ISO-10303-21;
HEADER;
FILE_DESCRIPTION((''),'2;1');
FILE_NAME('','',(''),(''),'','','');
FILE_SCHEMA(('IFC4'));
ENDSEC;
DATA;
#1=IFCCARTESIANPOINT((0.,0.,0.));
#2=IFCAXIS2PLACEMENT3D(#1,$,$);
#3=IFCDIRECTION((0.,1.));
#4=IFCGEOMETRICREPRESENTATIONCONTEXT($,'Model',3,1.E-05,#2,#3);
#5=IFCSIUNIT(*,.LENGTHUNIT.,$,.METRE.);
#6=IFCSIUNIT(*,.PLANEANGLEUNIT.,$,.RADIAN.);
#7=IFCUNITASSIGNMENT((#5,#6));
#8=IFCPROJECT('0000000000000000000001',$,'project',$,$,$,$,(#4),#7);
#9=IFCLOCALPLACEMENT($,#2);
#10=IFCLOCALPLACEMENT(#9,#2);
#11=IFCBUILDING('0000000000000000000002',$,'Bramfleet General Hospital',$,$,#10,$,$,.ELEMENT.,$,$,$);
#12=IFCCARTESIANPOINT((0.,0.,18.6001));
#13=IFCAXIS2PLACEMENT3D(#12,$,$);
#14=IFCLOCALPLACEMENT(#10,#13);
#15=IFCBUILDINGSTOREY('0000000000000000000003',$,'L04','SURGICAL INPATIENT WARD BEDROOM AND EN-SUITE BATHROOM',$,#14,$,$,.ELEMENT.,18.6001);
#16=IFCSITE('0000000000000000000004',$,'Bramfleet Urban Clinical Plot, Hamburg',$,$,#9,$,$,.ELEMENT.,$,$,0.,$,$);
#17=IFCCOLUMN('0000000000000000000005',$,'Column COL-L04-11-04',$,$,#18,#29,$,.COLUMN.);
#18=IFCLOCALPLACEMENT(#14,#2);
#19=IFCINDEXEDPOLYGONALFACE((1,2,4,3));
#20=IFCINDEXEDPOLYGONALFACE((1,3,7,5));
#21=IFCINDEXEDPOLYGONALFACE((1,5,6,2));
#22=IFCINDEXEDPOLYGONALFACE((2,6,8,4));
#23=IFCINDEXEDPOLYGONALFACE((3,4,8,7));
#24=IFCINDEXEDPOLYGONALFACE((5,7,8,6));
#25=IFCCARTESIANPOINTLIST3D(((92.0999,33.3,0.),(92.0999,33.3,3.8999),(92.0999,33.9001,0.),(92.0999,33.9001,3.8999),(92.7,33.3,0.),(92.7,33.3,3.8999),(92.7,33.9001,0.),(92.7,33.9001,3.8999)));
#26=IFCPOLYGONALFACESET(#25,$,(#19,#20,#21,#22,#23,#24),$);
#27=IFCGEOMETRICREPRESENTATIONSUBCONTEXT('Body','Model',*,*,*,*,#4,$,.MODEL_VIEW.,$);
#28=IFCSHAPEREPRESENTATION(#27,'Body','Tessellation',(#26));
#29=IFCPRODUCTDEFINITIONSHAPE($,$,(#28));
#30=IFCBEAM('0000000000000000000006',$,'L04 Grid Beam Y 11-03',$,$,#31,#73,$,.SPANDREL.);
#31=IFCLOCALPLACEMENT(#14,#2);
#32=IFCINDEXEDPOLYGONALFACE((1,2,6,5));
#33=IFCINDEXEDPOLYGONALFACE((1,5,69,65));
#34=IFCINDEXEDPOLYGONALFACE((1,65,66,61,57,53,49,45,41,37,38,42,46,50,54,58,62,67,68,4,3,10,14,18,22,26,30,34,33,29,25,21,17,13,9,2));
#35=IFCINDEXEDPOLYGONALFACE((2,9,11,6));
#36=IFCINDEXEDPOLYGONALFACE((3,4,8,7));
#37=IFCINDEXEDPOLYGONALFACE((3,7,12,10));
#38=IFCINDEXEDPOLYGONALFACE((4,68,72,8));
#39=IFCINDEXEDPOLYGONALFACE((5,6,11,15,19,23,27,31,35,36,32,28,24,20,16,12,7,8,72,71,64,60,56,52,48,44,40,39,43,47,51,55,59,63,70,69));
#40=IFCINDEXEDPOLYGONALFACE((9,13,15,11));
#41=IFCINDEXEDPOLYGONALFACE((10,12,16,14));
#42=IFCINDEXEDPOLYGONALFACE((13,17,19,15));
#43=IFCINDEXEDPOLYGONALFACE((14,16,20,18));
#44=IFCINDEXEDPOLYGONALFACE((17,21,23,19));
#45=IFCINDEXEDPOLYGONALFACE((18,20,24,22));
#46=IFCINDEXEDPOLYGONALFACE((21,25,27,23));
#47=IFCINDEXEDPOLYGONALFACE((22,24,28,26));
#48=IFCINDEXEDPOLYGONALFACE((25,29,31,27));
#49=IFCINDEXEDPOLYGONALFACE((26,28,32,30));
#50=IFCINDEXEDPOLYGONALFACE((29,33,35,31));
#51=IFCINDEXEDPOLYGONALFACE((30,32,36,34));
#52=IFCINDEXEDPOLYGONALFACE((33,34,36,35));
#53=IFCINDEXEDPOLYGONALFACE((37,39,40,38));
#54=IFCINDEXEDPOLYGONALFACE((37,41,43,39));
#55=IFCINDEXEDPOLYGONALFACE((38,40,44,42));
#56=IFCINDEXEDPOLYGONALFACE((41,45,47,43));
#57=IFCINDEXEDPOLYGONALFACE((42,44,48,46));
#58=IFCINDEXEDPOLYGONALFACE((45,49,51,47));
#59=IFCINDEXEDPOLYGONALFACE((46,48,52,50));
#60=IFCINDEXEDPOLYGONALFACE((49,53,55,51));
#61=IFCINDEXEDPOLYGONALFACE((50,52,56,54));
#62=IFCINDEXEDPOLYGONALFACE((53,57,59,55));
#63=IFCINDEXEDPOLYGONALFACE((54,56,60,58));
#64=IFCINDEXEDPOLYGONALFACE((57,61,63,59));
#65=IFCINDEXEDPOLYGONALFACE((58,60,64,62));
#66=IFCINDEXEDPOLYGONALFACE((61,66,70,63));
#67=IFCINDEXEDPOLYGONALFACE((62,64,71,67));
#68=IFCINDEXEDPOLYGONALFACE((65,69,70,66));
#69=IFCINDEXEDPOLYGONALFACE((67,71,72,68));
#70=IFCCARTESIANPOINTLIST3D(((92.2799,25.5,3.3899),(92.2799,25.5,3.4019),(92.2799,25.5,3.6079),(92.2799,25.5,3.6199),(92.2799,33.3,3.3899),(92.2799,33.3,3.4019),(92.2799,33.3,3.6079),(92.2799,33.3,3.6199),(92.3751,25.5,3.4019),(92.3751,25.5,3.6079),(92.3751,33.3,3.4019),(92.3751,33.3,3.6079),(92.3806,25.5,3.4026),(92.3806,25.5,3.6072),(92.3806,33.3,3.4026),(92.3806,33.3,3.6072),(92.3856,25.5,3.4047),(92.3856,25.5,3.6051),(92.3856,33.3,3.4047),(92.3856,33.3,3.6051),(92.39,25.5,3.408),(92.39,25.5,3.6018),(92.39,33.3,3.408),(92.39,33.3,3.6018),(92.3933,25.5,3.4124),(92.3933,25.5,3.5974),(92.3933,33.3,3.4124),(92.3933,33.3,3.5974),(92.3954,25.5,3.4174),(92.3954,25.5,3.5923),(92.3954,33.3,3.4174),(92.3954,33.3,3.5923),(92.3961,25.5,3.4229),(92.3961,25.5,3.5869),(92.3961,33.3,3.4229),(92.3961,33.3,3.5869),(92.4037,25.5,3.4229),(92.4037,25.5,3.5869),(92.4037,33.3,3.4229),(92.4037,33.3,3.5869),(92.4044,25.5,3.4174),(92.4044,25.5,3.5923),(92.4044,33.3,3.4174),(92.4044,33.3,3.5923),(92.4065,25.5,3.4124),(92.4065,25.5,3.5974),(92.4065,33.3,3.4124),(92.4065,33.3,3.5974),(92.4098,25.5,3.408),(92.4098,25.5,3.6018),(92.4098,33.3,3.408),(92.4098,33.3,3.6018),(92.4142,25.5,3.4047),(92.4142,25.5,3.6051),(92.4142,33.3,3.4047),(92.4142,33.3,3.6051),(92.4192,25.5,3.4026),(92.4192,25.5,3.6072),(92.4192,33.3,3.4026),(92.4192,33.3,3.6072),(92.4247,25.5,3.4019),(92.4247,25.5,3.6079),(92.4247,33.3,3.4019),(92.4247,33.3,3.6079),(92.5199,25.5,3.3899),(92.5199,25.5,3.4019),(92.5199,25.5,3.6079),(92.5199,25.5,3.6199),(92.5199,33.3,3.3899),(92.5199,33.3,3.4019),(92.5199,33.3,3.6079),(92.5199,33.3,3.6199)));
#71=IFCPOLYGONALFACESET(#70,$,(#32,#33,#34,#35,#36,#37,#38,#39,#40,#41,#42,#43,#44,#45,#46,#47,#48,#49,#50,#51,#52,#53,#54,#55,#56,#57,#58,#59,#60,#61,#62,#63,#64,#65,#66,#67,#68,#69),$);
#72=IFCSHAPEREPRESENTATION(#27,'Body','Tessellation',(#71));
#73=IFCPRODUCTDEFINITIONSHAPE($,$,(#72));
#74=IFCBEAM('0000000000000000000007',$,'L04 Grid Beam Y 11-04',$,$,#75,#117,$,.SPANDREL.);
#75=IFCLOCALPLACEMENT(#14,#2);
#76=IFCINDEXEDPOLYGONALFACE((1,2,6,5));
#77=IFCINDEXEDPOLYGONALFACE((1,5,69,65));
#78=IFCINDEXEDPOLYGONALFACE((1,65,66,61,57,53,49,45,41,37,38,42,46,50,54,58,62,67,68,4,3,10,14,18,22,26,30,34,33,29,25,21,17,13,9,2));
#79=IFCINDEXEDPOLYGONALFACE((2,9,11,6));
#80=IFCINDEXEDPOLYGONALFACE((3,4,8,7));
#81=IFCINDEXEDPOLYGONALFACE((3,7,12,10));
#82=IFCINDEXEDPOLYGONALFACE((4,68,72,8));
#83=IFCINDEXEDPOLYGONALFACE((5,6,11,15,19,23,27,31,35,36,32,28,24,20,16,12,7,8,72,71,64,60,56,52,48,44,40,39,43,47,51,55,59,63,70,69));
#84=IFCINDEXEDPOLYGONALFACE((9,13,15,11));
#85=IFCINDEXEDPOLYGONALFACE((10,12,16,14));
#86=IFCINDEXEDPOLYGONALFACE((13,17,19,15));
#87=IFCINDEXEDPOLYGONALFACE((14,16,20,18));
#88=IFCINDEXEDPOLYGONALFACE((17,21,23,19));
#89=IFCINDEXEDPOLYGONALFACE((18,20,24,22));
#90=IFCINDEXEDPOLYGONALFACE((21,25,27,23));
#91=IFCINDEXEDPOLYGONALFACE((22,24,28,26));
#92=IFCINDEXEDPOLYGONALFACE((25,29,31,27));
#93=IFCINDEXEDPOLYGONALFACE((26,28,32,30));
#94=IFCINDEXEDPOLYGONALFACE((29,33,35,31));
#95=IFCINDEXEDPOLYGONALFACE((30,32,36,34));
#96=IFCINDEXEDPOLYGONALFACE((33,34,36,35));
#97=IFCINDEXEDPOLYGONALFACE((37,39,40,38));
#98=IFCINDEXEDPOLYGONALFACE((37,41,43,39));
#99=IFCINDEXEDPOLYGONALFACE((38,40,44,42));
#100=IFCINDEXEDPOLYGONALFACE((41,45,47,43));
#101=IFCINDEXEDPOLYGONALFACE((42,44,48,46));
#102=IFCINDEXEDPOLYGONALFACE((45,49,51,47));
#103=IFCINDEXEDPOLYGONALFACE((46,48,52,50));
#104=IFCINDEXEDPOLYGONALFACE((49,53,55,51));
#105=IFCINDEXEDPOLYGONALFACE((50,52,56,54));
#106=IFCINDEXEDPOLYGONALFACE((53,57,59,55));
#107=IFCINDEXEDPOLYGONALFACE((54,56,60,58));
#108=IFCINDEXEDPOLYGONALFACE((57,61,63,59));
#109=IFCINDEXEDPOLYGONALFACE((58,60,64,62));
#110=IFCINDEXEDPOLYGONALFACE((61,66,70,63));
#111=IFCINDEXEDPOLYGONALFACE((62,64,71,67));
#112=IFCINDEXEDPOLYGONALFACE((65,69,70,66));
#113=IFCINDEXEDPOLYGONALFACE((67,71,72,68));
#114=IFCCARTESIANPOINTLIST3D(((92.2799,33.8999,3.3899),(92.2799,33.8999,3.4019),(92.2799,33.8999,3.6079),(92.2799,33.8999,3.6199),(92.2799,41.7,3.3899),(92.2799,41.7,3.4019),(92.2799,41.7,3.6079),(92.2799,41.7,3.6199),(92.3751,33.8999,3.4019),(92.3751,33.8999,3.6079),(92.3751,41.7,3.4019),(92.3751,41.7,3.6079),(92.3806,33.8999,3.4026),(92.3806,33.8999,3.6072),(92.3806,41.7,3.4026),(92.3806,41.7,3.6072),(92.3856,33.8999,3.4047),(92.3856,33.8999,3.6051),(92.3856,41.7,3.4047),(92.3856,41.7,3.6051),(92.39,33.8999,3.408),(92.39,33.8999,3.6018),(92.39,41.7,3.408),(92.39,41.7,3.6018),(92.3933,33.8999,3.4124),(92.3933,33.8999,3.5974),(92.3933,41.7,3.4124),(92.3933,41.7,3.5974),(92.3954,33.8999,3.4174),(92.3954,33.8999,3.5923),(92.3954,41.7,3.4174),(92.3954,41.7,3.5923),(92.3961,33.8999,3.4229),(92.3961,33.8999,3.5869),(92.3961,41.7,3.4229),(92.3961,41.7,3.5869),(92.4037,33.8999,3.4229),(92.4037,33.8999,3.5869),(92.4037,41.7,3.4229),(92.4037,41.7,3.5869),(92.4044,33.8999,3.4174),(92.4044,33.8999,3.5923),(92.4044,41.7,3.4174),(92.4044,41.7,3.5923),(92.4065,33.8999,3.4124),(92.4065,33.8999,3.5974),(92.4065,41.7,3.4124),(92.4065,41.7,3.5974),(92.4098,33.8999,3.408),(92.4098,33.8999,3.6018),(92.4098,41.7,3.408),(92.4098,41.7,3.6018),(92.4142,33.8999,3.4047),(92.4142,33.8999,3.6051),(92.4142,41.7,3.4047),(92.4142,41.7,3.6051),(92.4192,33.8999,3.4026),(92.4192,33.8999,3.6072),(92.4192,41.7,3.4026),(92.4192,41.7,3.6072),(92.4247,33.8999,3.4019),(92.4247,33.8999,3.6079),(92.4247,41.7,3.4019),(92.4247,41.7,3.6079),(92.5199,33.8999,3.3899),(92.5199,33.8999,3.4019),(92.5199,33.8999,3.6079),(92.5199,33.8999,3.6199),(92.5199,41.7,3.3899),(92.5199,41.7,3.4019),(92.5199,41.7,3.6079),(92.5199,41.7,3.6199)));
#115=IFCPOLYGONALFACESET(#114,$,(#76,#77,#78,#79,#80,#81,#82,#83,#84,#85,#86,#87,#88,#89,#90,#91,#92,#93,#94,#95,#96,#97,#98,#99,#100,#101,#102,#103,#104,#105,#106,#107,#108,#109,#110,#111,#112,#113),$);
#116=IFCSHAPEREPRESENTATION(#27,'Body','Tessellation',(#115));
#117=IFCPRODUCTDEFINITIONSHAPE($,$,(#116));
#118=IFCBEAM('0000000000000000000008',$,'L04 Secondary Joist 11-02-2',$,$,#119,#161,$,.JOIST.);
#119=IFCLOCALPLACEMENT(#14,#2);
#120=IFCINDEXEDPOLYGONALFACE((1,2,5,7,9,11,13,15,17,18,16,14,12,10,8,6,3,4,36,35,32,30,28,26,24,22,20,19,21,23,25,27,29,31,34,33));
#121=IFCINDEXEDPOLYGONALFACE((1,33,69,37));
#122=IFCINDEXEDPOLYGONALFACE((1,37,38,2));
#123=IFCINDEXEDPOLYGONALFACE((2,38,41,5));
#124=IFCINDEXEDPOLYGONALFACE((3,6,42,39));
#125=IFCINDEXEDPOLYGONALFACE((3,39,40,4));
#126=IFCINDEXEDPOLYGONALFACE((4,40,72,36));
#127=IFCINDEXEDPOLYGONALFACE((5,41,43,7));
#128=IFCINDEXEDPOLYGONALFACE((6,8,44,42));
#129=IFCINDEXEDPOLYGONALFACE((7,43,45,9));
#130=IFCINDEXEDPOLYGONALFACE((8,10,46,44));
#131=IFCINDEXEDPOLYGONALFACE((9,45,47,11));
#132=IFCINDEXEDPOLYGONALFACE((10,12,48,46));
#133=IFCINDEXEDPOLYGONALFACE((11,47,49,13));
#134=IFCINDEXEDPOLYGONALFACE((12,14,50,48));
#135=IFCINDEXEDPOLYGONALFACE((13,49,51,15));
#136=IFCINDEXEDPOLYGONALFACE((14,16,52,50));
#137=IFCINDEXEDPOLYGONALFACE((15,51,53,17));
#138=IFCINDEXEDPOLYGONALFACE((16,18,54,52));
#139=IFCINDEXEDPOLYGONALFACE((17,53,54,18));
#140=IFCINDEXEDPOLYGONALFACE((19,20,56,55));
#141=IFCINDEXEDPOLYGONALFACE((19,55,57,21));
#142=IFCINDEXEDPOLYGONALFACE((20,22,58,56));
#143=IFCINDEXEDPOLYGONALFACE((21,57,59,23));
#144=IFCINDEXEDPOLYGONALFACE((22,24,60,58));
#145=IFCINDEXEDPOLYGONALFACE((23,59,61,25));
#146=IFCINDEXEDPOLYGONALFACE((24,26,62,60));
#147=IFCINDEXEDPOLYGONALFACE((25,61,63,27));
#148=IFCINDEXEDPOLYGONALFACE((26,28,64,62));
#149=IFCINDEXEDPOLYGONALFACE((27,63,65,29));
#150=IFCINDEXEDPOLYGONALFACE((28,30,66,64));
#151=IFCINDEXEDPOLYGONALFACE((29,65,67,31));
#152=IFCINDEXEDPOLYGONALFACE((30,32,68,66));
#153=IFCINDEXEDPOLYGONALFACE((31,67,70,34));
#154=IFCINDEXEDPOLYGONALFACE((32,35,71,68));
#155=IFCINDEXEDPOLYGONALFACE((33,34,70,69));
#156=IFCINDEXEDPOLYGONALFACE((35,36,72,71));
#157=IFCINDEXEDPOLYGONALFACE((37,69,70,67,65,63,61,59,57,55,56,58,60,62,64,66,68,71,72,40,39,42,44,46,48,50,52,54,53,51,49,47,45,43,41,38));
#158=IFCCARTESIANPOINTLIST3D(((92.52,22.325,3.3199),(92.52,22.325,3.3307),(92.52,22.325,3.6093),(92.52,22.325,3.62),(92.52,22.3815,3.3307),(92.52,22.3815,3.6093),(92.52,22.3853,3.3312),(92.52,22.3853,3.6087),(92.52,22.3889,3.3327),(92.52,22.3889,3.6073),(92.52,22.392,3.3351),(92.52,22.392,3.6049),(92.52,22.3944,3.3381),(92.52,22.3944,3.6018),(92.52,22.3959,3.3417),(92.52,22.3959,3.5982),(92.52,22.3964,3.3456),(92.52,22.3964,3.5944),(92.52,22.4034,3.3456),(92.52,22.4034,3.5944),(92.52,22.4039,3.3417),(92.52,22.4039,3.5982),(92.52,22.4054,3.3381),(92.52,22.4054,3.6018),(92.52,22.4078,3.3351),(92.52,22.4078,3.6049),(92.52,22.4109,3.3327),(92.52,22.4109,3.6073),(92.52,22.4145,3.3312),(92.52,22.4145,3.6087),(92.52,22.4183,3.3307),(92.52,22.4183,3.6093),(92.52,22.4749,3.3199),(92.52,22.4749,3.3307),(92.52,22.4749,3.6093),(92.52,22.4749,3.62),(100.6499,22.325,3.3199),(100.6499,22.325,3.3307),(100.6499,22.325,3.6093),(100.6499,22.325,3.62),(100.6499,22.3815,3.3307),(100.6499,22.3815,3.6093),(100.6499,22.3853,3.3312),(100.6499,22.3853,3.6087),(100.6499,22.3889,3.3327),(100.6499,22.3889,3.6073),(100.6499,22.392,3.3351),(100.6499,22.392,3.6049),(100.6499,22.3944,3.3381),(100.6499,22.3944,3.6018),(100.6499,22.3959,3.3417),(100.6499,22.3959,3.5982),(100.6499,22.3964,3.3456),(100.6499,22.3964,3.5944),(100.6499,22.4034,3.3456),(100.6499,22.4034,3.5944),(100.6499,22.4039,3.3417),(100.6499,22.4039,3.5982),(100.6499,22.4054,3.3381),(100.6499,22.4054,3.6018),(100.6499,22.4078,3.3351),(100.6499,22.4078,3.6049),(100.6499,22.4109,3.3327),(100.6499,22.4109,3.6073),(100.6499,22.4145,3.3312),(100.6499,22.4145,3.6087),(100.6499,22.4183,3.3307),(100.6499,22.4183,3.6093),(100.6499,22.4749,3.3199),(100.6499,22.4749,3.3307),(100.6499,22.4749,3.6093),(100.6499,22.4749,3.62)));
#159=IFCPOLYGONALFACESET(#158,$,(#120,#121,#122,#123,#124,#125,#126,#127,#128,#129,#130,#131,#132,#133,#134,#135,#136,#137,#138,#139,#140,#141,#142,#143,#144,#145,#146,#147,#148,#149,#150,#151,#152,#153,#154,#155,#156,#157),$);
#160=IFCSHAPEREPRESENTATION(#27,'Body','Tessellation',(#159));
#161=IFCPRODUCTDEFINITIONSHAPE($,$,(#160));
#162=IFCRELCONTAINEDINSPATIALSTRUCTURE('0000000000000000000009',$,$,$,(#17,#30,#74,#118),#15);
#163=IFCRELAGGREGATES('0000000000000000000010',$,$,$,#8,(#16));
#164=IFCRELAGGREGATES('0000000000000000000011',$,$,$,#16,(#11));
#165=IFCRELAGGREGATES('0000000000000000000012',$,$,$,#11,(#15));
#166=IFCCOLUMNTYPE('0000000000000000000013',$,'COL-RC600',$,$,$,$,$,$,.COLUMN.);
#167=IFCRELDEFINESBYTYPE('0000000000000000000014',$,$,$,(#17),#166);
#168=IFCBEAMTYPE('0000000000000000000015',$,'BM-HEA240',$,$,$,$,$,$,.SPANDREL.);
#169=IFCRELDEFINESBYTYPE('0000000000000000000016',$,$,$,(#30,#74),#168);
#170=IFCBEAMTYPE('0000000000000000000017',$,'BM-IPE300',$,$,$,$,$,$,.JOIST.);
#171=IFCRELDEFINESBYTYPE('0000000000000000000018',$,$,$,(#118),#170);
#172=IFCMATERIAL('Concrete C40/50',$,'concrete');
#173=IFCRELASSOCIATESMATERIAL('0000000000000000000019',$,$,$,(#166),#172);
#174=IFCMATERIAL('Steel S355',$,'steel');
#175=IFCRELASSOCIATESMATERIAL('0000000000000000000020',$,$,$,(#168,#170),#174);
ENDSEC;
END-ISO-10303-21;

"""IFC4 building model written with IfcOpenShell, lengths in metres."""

from ifc_helpers import new_model, si_unit, direction, frame, origin, origin_2d, place, context, subcontext, project, spatial, rectangle, i_section, extrude, material, material_profile, profile_set, type_object, element, save


model = new_model("IFC4")

# Units and contexts
model_context = context("Model", 3, precision=1e-05, world=origin(), true_north=direction((0.0, 1.0)))
body_context = subcontext(model_context, "Body", "Model", "MODEL_VIEW")
ifc_project = project(units=[si_unit("LENGTHUNIT", "METRE"), si_unit("PLANEANGLEUNIT", "RADIAN")], contexts=[model_context])

# Site, building, storey
site_placement = place(None, origin())
site = spatial("IfcSite", under=ifc_project, at=site_placement, Name="Bramfleet Urban Clinical Plot, Hamburg", CompositionType="ELEMENT", RefElevation=0.0)
building_placement = place(site_placement, origin())
building = spatial("IfcBuilding", under=site, at=building_placement, Name="Bramfleet General Hospital", CompositionType="ELEMENT")
storey_placement = place(building_placement, frame((0.0, 0.0, 18.6001)))
storey = spatial("IfcBuildingStorey", under=building, at=storey_placement, Name="L04", Description="SURGICAL INPATIENT WARD BEDROOM AND EN-SUITE BATHROOM", CompositionType="ELEMENT", Elevation=18.6001)

# Column
ifc_material_1 = material(Name="Concrete C40/50", Category="concrete")
ifc_material_profile_1 = material_profile(ifc_material_1, rectangle(XDim=0.6001, YDim=0.6001, at=origin_2d()), Name="RC COL 600x600")
ifc_profile_set_1 = profile_set([ifc_material_profile_1], Name="Concrete C40/50")
column_type = type_object("IfcColumnType", Name="COL-RC600", PredefinedType="COLUMN", material=ifc_profile_set_1)
column_placement = place(storey_placement, frame((92.3999, 33.6001, 0.0), z_axis=(0.0, 0.0, 1.0), x_axis=(1.0, 0.0, 0.0)))
element("IfcColumn", 1, at=column_placement, inside=storey, type_object=column_type, Name="Column COL-L04-11-04", PredefinedType="COLUMN", context=body_context, shape_type="SweptSolid", body=[
    extrude(rectangle(XDim=0.6001, YDim=0.6001, at=origin_2d()), origin(), (0.0, 0.0, 1.0), 3.8999),
])

# Beams
ifc_material_2 = material(Name="Steel S355", Category="steel")
ifc_material_profile_2 = material_profile(ifc_material_2, i_section(OverallWidth=0.24, OverallDepth=0.23, WebThickness=0.0076, FlangeThickness=0.012, FilletRadius=0.021, at=origin_2d()), Name="HEA 240")
ifc_profile_set_2 = profile_set([ifc_material_profile_2], Name="Steel S355")
beam_type_1 = type_object("IfcBeamType", Name="BM-HEA240", PredefinedType="SPANDREL", material=ifc_profile_set_2)
for number, where, z_axis, x_axis, name in (
    (2, (92.3999, 25.5, 3.5049), (0.0, 1.0, 0.0), (-1.0, 0.0, 0.0), "L04 Grid Beam Y 11-03"),
    (3, (92.3999, 33.8999, 3.5049), (0.0, 1.0, 0.0), (-1.0, 0.0, 0.0), "L04 Grid Beam Y 11-04"),
):
    element("IfcBeam", number, at=place(storey_placement, frame(where, z_axis=z_axis, x_axis=x_axis)), inside=storey, type_object=beam_type_1, Name=name, PredefinedType="SPANDREL", context=body_context, shape_type="SweptSolid", body=[
        extrude(i_section(OverallWidth=0.24, OverallDepth=0.23, WebThickness=0.0076, FlangeThickness=0.012, FilletRadius=0.021, at=origin_2d()), origin(), (0.0, 0.0, 1.0), 7.8),
    ])
ifc_material_profile_3 = material_profile(ifc_material_2, i_section(OverallWidth=0.1499, OverallDepth=0.3, WebThickness=0.0071, FlangeThickness=0.0107, FilletRadius=0.0149, at=origin_2d()), Name="IPE 300")
ifc_profile_set_3 = profile_set([ifc_material_profile_3], Name="Steel S355")
beam_type_2 = type_object("IfcBeamType", Name="BM-IPE300", PredefinedType="JOIST", material=ifc_profile_set_3)
for number, where, z_axis, x_axis, name in (
    (4, (92.52, 22.3999, 3.47), (1.0, 0.0, 0.0), (0.0, 1.0, 0.0), "L04 Secondary Joist 11-02-2"),
):
    element("IfcBeam", number, at=place(storey_placement, frame(where, z_axis=z_axis, x_axis=x_axis)), inside=storey, type_object=beam_type_2, Name=name, PredefinedType="JOIST", context=body_context, shape_type="SweptSolid", body=[
        extrude(i_section(OverallWidth=0.1499, OverallDepth=0.3, WebThickness=0.0071, FlangeThickness=0.0107, FilletRadius=0.0149, at=origin_2d()), origin(), (0.0, 0.0, 1.0), 8.1299),
    ])

save(model, "model.ifc")
